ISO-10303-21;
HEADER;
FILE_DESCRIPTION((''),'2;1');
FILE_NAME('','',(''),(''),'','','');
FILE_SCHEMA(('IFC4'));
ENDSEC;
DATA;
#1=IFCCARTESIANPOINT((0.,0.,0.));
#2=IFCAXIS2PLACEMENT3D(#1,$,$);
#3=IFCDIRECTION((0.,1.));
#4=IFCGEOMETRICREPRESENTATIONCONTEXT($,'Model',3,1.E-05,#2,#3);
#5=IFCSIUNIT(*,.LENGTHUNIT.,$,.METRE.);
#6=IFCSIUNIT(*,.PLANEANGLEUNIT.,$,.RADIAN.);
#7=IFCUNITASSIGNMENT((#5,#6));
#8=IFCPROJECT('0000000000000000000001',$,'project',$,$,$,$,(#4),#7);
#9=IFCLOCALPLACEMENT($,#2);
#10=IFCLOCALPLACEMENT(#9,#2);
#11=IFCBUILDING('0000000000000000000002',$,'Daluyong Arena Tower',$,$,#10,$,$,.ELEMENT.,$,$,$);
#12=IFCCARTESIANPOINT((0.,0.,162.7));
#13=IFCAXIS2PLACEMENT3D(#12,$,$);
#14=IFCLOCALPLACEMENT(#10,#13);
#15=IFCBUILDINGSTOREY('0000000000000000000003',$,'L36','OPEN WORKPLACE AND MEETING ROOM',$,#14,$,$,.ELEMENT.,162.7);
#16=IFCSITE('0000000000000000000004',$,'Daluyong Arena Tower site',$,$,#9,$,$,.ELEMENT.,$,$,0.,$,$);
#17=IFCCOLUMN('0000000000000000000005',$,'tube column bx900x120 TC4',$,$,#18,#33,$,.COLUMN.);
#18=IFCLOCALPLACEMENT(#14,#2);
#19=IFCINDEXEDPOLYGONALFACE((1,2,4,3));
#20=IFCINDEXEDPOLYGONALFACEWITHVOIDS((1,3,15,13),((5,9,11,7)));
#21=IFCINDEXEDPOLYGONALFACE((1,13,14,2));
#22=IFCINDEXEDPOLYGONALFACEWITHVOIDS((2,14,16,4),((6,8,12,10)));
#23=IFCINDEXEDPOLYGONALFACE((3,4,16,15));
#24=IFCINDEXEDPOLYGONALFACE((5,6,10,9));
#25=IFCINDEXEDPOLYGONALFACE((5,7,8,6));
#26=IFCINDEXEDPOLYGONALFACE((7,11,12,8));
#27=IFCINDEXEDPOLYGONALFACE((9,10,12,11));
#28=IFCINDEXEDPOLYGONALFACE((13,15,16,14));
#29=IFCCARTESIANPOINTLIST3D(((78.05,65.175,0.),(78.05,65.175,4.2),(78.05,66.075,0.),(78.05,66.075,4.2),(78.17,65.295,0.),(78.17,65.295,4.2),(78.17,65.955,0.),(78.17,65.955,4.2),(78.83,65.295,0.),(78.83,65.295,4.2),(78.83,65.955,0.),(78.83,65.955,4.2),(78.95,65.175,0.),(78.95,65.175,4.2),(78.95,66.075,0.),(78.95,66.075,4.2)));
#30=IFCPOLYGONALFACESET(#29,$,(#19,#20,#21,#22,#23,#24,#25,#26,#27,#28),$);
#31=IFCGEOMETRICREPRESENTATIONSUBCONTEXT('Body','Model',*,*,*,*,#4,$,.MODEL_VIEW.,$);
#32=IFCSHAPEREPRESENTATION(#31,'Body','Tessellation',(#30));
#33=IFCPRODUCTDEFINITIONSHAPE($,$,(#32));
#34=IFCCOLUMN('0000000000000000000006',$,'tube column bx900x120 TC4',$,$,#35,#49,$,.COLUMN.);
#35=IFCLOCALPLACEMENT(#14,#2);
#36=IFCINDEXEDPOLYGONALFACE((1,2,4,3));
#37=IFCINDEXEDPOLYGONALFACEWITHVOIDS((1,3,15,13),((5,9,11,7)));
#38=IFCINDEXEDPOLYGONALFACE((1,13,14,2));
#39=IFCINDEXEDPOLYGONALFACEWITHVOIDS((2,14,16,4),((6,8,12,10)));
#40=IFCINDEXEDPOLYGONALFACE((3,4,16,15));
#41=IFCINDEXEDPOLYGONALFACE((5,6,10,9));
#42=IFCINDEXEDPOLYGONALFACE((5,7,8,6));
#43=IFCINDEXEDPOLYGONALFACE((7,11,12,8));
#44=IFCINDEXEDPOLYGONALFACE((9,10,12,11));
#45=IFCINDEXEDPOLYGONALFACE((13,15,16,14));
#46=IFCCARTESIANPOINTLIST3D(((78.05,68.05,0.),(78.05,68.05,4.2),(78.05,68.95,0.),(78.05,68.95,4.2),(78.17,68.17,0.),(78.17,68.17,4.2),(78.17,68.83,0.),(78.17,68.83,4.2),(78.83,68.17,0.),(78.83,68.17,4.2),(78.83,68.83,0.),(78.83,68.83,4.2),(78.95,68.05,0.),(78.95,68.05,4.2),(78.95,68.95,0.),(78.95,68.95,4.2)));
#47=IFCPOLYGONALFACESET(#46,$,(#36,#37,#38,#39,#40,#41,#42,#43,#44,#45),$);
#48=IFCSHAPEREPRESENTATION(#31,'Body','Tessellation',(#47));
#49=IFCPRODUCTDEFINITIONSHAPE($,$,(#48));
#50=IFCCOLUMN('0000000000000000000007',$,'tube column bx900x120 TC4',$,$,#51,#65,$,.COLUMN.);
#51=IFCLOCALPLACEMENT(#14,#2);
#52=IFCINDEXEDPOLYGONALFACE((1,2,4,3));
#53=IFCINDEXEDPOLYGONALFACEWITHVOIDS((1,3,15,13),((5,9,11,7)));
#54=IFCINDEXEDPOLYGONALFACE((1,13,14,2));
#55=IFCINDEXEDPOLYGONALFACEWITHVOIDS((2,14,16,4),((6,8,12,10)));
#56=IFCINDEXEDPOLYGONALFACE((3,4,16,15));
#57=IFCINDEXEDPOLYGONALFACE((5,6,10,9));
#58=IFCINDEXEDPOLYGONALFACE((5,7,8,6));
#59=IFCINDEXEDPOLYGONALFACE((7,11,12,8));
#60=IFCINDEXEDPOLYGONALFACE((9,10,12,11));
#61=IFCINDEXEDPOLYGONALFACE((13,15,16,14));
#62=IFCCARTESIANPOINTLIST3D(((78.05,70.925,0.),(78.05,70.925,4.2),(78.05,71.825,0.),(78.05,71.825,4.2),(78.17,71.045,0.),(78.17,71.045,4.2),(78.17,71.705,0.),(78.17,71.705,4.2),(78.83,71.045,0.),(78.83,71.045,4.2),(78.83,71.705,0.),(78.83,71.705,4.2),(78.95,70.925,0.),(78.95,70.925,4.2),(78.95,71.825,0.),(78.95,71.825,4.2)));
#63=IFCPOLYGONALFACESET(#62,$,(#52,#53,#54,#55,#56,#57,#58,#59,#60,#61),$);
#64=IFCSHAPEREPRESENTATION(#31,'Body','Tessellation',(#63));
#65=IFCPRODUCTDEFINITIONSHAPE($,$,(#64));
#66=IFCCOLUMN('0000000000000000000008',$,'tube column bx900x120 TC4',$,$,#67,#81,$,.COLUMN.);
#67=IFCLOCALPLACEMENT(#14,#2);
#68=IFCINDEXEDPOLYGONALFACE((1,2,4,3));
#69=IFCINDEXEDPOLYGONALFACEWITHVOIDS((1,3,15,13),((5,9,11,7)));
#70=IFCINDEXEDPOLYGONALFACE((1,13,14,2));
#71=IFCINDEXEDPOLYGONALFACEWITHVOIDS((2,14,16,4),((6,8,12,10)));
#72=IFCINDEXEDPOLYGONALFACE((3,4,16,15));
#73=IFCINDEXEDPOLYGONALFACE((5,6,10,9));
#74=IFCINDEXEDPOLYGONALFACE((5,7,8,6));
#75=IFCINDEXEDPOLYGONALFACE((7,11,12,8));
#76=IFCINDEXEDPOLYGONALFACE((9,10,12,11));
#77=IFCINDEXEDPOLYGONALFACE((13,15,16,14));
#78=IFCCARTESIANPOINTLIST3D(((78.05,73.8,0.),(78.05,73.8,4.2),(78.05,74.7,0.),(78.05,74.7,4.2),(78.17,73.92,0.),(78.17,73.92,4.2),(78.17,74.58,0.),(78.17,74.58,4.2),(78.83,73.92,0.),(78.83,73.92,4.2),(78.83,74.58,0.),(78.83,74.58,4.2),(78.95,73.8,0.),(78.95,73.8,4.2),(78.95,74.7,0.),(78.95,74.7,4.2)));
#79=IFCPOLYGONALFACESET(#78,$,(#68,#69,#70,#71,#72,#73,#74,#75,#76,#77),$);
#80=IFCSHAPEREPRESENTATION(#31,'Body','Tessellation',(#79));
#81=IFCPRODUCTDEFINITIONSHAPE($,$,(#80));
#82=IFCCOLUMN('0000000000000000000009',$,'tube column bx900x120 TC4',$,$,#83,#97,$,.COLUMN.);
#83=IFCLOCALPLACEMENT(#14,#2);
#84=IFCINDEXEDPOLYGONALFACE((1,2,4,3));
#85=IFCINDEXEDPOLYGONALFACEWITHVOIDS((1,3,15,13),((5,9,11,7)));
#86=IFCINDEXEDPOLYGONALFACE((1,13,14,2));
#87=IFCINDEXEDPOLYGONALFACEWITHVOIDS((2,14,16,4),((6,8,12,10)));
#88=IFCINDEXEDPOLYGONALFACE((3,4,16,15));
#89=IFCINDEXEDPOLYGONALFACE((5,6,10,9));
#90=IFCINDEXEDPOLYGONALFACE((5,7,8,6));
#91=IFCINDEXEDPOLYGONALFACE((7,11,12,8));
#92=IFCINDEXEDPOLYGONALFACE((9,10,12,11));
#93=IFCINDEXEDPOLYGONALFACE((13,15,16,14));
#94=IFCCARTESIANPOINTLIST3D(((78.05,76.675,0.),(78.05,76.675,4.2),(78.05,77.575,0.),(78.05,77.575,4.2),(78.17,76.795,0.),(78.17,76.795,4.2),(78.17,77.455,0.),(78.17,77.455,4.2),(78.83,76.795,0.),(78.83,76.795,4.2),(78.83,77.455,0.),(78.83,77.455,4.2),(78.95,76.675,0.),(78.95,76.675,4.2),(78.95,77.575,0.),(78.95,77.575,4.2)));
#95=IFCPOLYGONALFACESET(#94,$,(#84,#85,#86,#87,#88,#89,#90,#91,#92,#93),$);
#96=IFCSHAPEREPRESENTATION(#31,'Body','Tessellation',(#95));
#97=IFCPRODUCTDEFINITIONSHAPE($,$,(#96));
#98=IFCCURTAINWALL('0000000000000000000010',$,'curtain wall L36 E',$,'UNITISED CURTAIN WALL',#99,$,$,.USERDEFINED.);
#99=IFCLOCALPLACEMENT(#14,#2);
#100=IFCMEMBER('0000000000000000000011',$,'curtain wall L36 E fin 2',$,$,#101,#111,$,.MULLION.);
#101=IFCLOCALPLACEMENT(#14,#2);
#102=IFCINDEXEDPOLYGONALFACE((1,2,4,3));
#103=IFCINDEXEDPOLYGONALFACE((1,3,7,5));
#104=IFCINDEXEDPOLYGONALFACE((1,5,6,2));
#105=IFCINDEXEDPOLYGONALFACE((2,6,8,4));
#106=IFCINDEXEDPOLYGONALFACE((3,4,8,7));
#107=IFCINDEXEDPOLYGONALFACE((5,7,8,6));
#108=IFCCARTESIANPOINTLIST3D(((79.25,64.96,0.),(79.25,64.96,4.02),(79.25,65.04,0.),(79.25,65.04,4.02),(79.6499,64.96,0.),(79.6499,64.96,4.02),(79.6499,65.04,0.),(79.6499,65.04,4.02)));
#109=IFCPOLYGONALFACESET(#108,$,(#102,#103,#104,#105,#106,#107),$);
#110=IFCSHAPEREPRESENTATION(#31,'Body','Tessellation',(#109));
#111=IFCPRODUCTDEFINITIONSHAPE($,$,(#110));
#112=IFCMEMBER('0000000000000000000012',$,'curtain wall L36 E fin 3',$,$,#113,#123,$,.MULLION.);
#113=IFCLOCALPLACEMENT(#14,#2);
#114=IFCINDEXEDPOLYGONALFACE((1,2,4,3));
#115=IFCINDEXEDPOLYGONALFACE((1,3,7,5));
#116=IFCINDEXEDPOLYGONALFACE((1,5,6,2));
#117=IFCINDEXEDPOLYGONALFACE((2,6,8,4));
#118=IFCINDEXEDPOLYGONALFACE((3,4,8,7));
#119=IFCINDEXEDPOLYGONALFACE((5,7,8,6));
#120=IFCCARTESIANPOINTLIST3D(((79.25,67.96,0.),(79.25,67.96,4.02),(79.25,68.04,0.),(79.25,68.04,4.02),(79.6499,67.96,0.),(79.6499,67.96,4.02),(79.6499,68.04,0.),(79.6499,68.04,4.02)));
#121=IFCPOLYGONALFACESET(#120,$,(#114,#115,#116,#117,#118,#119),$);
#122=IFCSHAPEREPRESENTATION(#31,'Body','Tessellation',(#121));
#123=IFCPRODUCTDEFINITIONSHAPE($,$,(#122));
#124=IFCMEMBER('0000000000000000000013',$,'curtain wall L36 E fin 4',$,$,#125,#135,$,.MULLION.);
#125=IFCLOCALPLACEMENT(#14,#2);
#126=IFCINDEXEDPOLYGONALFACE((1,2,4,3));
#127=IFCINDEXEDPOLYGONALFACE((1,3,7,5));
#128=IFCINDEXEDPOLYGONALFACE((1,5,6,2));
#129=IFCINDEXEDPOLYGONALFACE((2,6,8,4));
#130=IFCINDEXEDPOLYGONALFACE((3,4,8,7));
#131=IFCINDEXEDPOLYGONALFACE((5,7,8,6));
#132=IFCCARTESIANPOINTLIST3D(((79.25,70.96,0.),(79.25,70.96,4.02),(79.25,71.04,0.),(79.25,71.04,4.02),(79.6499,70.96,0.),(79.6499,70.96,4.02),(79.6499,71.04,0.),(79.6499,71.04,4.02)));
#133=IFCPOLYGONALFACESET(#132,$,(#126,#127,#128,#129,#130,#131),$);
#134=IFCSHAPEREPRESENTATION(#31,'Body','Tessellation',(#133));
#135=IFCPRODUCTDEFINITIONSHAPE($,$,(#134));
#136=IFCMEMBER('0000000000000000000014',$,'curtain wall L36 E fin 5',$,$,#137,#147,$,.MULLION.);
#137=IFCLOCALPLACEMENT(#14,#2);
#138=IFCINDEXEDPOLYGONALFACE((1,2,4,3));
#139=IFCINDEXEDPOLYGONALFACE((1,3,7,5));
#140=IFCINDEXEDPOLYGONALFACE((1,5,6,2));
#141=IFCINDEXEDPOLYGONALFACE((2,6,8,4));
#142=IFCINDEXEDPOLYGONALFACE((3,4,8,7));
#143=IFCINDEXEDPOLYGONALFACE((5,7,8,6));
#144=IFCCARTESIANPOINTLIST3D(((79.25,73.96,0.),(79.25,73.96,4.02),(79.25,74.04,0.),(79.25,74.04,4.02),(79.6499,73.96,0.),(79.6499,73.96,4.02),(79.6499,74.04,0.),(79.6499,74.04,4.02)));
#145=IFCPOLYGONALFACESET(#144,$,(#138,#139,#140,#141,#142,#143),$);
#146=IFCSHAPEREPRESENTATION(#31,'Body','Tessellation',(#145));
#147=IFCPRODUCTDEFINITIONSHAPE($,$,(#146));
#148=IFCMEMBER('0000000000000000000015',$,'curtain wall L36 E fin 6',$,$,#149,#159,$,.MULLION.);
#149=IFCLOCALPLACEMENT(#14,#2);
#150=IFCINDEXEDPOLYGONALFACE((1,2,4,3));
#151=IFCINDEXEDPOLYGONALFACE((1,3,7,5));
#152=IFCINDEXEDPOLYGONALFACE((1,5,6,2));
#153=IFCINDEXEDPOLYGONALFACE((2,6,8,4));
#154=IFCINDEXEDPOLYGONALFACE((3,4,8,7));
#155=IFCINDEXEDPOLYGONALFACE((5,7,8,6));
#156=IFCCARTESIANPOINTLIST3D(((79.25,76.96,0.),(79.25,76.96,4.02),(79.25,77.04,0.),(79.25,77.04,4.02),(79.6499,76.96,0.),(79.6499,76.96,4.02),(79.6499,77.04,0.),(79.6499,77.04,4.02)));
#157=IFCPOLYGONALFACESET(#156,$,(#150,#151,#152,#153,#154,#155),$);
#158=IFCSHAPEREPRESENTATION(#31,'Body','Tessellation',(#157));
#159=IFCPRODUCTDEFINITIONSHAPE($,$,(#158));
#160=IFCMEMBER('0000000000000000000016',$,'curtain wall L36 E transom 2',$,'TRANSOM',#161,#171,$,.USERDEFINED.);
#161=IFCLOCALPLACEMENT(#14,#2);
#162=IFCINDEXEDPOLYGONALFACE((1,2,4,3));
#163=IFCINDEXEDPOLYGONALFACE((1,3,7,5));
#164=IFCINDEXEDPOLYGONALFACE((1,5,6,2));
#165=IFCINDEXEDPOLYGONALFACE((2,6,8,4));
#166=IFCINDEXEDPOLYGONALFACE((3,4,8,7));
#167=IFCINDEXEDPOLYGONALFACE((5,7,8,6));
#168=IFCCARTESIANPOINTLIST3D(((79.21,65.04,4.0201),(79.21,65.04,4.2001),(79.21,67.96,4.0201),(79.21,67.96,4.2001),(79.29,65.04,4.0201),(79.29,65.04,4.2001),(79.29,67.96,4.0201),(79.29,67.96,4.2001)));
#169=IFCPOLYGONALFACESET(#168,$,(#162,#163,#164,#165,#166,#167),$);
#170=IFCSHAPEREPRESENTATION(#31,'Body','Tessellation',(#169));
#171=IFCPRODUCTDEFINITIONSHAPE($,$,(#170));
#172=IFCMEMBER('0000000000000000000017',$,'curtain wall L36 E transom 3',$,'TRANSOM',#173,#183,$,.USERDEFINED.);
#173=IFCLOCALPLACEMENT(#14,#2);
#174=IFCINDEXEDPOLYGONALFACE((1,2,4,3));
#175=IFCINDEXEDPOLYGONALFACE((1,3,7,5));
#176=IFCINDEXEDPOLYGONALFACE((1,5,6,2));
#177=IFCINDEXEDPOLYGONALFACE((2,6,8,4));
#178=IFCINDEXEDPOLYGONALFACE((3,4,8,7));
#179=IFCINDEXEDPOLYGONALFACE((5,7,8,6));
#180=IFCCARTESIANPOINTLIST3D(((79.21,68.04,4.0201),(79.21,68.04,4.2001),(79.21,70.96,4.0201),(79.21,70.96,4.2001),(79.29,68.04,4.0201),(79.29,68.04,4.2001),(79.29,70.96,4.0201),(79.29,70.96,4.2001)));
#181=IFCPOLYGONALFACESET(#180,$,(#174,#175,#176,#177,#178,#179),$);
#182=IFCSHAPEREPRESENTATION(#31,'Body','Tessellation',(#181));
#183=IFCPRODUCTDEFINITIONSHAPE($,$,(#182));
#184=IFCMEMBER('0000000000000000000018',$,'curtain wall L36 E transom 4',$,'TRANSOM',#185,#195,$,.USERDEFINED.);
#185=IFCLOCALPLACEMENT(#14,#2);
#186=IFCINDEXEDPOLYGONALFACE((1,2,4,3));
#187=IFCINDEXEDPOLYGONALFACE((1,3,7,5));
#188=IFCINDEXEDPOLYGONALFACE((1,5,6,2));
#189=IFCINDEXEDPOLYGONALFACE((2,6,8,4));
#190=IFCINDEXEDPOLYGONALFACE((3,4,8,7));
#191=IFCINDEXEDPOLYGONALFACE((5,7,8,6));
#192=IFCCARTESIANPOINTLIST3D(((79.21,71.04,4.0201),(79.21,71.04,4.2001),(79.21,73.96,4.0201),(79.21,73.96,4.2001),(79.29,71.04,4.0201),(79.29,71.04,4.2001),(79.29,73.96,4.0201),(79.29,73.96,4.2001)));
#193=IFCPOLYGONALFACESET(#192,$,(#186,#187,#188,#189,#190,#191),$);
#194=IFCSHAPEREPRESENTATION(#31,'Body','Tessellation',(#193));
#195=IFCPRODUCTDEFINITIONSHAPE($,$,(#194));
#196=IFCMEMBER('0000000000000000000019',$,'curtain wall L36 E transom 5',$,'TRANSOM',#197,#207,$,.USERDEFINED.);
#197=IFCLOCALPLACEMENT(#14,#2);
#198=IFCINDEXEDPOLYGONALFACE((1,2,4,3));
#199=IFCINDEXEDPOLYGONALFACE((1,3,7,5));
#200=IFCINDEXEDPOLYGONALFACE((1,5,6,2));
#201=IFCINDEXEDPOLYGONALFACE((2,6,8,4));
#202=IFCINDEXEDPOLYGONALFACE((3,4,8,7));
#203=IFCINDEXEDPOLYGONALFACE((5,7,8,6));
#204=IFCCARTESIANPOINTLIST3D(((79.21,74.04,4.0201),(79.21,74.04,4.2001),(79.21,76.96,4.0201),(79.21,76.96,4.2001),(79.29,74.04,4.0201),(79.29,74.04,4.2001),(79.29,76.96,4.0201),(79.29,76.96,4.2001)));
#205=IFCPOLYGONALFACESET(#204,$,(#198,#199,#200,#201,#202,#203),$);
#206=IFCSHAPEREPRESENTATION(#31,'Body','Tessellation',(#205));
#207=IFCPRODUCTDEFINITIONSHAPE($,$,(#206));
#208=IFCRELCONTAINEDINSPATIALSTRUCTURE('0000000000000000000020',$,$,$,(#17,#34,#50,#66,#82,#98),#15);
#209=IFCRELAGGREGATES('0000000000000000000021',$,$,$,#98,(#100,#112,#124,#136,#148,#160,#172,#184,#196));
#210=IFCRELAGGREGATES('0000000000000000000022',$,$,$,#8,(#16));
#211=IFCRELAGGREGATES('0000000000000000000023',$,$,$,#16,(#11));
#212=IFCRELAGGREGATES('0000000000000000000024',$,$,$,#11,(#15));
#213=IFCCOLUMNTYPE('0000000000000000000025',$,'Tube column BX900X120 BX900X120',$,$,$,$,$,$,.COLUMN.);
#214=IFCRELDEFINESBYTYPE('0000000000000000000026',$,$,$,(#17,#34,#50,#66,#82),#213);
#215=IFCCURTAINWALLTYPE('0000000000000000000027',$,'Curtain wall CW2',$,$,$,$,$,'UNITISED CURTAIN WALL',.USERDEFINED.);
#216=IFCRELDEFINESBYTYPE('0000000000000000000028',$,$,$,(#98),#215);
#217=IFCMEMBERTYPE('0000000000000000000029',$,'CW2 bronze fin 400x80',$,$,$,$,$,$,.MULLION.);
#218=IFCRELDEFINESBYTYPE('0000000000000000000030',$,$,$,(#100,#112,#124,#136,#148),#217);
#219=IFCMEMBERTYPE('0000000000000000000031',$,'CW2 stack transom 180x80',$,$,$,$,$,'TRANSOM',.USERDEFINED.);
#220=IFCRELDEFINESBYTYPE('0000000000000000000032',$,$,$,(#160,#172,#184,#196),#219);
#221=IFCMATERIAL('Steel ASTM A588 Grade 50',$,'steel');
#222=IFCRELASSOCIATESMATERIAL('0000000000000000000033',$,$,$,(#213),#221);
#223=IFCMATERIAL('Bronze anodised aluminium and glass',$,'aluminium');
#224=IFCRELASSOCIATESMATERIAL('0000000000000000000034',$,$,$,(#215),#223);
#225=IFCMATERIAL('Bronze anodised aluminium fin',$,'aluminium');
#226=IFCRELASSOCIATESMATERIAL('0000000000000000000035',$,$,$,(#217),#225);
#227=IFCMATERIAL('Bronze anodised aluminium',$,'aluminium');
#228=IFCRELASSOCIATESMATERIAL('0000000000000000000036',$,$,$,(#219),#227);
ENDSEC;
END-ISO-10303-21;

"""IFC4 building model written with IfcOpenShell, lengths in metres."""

from ifc_helpers import new_model, si_unit, direction, frame, origin, origin_2d, place, context, subcontext, project, spatial, rectangle, hollow_rectangle, extrude, material, material_profile, profile_set, type_object, element, aggregate, save


model = new_model("IFC4")

# Units and contexts
model_context = context("Model", 3, precision=1e-05, world=origin(), true_north=direction((0.0, 1.0)))
body_context = subcontext(model_context, "Body", "Model", "MODEL_VIEW")
ifc_project = project(units=[si_unit("LENGTHUNIT", "METRE"), si_unit("PLANEANGLEUNIT", "RADIAN")], contexts=[model_context])

# Site, building, storey
site_placement = place(None, origin())
site = spatial("IfcSite", under=ifc_project, at=site_placement, Name="Daluyong Arena Tower site", CompositionType="ELEMENT", RefElevation=0.0)
building_placement = place(site_placement, origin())
building = spatial("IfcBuilding", under=site, at=building_placement, Name="Daluyong Arena Tower", CompositionType="ELEMENT")
storey_placement = place(building_placement, frame((0.0, 0.0, 162.7)))
storey = spatial("IfcBuildingStorey", under=building, at=storey_placement, Name="L36", Description="OPEN WORKPLACE AND MEETING ROOM", CompositionType="ELEMENT", Elevation=162.7)

# Columns
ifc_material_1 = material(Name="Steel ASTM A588 Grade 50", Category="steel")
ifc_material_profile_1 = material_profile(ifc_material_1, hollow_rectangle(XDim=0.8999, YDim=0.8999, WallThickness=0.12, at=origin_2d()))
ifc_profile_set_1 = profile_set([ifc_material_profile_1], Name="Steel ASTM A588 Grade 50")
column_type = type_object("IfcColumnType", Name="Tube column BX900X120 BX900X120", PredefinedType="COLUMN", material=ifc_profile_set_1)
for number, where, z_axis, x_axis, name in (
    (1, (78.5, 65.625, 0.0), (0.0, 0.0, 1.0), (0.0, 1.0, 0.0), "tube column bx900x120 TC4"),
    (2, (78.5, 68.5, 0.0), (0.0, 0.0, 1.0), (0.0, 1.0, 0.0), "tube column bx900x120 TC4"),
    (3, (78.5, 71.375, 0.0), (0.0, 0.0, 1.0), (0.0, 1.0, 0.0), "tube column bx900x120 TC4"),
    (4, (78.5, 74.25, 0.0), (0.0, 0.0, 1.0), (0.0, 1.0, 0.0), "tube column bx900x120 TC4"),
    (5, (78.5, 77.125, 0.0), (0.0, 0.0, 1.0), (0.0, 1.0, 0.0), "tube column bx900x120 TC4"),
):
    element("IfcColumn", number, at=place(storey_placement, frame(where, z_axis=z_axis, x_axis=x_axis)), inside=storey, type_object=column_type, Name=name, PredefinedType="COLUMN", context=body_context, shape_type="SweptSolid", body=[
        extrude(hollow_rectangle(XDim=0.8999, YDim=0.8999, WallThickness=0.12, at=origin_2d()), origin(), (0.0, 0.0, 1.0), 4.2),
    ])

# Curtain wall, members
ifc_material_2 = material(Name="Bronze anodised aluminium and glass", Category="aluminium")
curtain_wall_type = type_object("IfcCurtainWallType", Name="Curtain wall CW2", ElementType="UNITISED CURTAIN WALL", PredefinedType="USERDEFINED", material=ifc_material_2)
curtain_wall_placement = place(storey_placement, origin())
curtain_wall = element("IfcCurtainWall", 6, at=curtain_wall_placement, inside=storey, type_object=curtain_wall_type, Name="curtain wall L36 E", ObjectType="UNITISED CURTAIN WALL", PredefinedType="USERDEFINED")
ifc_material_3 = material(Name="Bronze anodised aluminium fin", Category="aluminium")
ifc_material_profile_2 = material_profile(ifc_material_3, rectangle(XDim=0.3999, YDim=0.0801, at=origin_2d()))
ifc_profile_set_2 = profile_set([ifc_material_profile_2], Name="Bronze anodised aluminium fin")
member_type_1 = type_object("IfcMemberType", Name="CW2 bronze fin 400x80", PredefinedType="MULLION", material=ifc_profile_set_2)
member_1_placement = place(storey_placement, frame((79.45, 65.0, 0.0), z_axis=(0.0, 0.0, 1.0), x_axis=(-1.0, 0.0, 0.0)))
member_1 = element("IfcMember", 7, at=member_1_placement, type_object=member_type_1, Name="curtain wall L36 E fin 2", PredefinedType="MULLION", context=body_context, shape_type="SweptSolid", body=[
    extrude(rectangle(XDim=0.3999, YDim=0.0801, at=origin_2d()), origin(), (0.0, 0.0, 1.0), 4.02),
])
member_2_placement = place(storey_placement, frame((79.45, 68.0, 0.0), z_axis=(0.0, 0.0, 1.0), x_axis=(-1.0, 0.0, 0.0)))
member_2 = element("IfcMember", 8, at=member_2_placement, type_object=member_type_1, Name="curtain wall L36 E fin 3", PredefinedType="MULLION", context=body_context, shape_type="SweptSolid", body=[
    extrude(rectangle(XDim=0.3999, YDim=0.0801, at=origin_2d()), origin(), (0.0, 0.0, 1.0), 4.02),
])
member_3_placement = place(storey_placement, frame((79.45, 71.0, 0.0), z_axis=(0.0, 0.0, 1.0), x_axis=(-1.0, 0.0, 0.0)))
member_3 = element("IfcMember", 9, at=member_3_placement, type_object=member_type_1, Name="curtain wall L36 E fin 4", PredefinedType="MULLION", context=body_context, shape_type="SweptSolid", body=[
    extrude(rectangle(XDim=0.3999, YDim=0.0801, at=origin_2d()), origin(), (0.0, 0.0, 1.0), 4.02),
])
member_4_placement = place(storey_placement, frame((79.45, 74.0, 0.0), z_axis=(0.0, 0.0, 1.0), x_axis=(-1.0, 0.0, 0.0)))
member_4 = element("IfcMember", 10, at=member_4_placement, type_object=member_type_1, Name="curtain wall L36 E fin 5", PredefinedType="MULLION", context=body_context, shape_type="SweptSolid", body=[
    extrude(rectangle(XDim=0.3999, YDim=0.0801, at=origin_2d()), origin(), (0.0, 0.0, 1.0), 4.02),
])
member_5_placement = place(storey_placement, frame((79.45, 77.0, 0.0), z_axis=(0.0, 0.0, 1.0), x_axis=(-1.0, 0.0, 0.0)))
member_5 = element("IfcMember", 11, at=member_5_placement, type_object=member_type_1, Name="curtain wall L36 E fin 6", PredefinedType="MULLION", context=body_context, shape_type="SweptSolid", body=[
    extrude(rectangle(XDim=0.3999, YDim=0.0801, at=origin_2d()), origin(), (0.0, 0.0, 1.0), 4.02),
])
ifc_material_4 = material(Name="Bronze anodised aluminium", Category="aluminium")
ifc_material_profile_3 = material_profile(ifc_material_4, rectangle(XDim=0.0801, YDim=0.1799, at=origin_2d()))
ifc_profile_set_3 = profile_set([ifc_material_profile_3], Name="Bronze anodised aluminium")
member_type_2 = type_object("IfcMemberType", Name="CW2 stack transom 180x80", ElementType="TRANSOM", PredefinedType="USERDEFINED", material=ifc_profile_set_3)
member_6_placement = place(storey_placement, frame((79.25, 65.04, 4.1101), z_axis=(0.0, 1.0, 0.0), x_axis=(-1.0, 0.0, 0.0)))
member_6 = element("IfcMember", 12, at=member_6_placement, type_object=member_type_2, Name="curtain wall L36 E transom 2", ObjectType="TRANSOM", PredefinedType="USERDEFINED", context=body_context, shape_type="SweptSolid", body=[
    extrude(rectangle(XDim=0.0801, YDim=0.1799, at=origin_2d()), origin(), (0.0, 0.0, 1.0), 2.9199),
])
member_7_placement = place(storey_placement, frame((79.25, 68.04, 4.1101), z_axis=(0.0, 1.0, 0.0), x_axis=(-1.0, 0.0, 0.0)))
member_7 = element("IfcMember", 13, at=member_7_placement, type_object=member_type_2, Name="curtain wall L36 E transom 3", ObjectType="TRANSOM", PredefinedType="USERDEFINED", context=body_context, shape_type="SweptSolid", body=[
    extrude(rectangle(XDim=0.0801, YDim=0.1799, at=origin_2d()), origin(), (0.0, 0.0, 1.0), 2.9199),
])
member_8_placement = place(storey_placement, frame((79.25, 71.04, 4.1101), z_axis=(0.0, 1.0, 0.0), x_axis=(-1.0, 0.0, 0.0)))
member_8 = element("IfcMember", 14, at=member_8_placement, type_object=member_type_2, Name="curtain wall L36 E transom 4", ObjectType="TRANSOM", PredefinedType="USERDEFINED", context=body_context, shape_type="SweptSolid", body=[
    extrude(rectangle(XDim=0.0801, YDim=0.1799, at=origin_2d()), origin(), (0.0, 0.0, 1.0), 2.9199),
])
member_9_placement = place(storey_placement, frame((79.25, 74.04, 4.1101), z_axis=(0.0, 1.0, 0.0), x_axis=(-1.0, 0.0, 0.0)))
member_9 = element("IfcMember", 15, at=member_9_placement, type_object=member_type_2, Name="curtain wall L36 E transom 5", ObjectType="TRANSOM", PredefinedType="USERDEFINED", context=body_context, shape_type="SweptSolid", body=[
    extrude(rectangle(XDim=0.0801, YDim=0.1799, at=origin_2d()), origin(), (0.0, 0.0, 1.0), 2.9199),
])

aggregate(curtain_wall, [member_1, member_2, member_3, member_4, member_5, member_6, member_7, member_8, member_9])

save(model, "model.ifc")
